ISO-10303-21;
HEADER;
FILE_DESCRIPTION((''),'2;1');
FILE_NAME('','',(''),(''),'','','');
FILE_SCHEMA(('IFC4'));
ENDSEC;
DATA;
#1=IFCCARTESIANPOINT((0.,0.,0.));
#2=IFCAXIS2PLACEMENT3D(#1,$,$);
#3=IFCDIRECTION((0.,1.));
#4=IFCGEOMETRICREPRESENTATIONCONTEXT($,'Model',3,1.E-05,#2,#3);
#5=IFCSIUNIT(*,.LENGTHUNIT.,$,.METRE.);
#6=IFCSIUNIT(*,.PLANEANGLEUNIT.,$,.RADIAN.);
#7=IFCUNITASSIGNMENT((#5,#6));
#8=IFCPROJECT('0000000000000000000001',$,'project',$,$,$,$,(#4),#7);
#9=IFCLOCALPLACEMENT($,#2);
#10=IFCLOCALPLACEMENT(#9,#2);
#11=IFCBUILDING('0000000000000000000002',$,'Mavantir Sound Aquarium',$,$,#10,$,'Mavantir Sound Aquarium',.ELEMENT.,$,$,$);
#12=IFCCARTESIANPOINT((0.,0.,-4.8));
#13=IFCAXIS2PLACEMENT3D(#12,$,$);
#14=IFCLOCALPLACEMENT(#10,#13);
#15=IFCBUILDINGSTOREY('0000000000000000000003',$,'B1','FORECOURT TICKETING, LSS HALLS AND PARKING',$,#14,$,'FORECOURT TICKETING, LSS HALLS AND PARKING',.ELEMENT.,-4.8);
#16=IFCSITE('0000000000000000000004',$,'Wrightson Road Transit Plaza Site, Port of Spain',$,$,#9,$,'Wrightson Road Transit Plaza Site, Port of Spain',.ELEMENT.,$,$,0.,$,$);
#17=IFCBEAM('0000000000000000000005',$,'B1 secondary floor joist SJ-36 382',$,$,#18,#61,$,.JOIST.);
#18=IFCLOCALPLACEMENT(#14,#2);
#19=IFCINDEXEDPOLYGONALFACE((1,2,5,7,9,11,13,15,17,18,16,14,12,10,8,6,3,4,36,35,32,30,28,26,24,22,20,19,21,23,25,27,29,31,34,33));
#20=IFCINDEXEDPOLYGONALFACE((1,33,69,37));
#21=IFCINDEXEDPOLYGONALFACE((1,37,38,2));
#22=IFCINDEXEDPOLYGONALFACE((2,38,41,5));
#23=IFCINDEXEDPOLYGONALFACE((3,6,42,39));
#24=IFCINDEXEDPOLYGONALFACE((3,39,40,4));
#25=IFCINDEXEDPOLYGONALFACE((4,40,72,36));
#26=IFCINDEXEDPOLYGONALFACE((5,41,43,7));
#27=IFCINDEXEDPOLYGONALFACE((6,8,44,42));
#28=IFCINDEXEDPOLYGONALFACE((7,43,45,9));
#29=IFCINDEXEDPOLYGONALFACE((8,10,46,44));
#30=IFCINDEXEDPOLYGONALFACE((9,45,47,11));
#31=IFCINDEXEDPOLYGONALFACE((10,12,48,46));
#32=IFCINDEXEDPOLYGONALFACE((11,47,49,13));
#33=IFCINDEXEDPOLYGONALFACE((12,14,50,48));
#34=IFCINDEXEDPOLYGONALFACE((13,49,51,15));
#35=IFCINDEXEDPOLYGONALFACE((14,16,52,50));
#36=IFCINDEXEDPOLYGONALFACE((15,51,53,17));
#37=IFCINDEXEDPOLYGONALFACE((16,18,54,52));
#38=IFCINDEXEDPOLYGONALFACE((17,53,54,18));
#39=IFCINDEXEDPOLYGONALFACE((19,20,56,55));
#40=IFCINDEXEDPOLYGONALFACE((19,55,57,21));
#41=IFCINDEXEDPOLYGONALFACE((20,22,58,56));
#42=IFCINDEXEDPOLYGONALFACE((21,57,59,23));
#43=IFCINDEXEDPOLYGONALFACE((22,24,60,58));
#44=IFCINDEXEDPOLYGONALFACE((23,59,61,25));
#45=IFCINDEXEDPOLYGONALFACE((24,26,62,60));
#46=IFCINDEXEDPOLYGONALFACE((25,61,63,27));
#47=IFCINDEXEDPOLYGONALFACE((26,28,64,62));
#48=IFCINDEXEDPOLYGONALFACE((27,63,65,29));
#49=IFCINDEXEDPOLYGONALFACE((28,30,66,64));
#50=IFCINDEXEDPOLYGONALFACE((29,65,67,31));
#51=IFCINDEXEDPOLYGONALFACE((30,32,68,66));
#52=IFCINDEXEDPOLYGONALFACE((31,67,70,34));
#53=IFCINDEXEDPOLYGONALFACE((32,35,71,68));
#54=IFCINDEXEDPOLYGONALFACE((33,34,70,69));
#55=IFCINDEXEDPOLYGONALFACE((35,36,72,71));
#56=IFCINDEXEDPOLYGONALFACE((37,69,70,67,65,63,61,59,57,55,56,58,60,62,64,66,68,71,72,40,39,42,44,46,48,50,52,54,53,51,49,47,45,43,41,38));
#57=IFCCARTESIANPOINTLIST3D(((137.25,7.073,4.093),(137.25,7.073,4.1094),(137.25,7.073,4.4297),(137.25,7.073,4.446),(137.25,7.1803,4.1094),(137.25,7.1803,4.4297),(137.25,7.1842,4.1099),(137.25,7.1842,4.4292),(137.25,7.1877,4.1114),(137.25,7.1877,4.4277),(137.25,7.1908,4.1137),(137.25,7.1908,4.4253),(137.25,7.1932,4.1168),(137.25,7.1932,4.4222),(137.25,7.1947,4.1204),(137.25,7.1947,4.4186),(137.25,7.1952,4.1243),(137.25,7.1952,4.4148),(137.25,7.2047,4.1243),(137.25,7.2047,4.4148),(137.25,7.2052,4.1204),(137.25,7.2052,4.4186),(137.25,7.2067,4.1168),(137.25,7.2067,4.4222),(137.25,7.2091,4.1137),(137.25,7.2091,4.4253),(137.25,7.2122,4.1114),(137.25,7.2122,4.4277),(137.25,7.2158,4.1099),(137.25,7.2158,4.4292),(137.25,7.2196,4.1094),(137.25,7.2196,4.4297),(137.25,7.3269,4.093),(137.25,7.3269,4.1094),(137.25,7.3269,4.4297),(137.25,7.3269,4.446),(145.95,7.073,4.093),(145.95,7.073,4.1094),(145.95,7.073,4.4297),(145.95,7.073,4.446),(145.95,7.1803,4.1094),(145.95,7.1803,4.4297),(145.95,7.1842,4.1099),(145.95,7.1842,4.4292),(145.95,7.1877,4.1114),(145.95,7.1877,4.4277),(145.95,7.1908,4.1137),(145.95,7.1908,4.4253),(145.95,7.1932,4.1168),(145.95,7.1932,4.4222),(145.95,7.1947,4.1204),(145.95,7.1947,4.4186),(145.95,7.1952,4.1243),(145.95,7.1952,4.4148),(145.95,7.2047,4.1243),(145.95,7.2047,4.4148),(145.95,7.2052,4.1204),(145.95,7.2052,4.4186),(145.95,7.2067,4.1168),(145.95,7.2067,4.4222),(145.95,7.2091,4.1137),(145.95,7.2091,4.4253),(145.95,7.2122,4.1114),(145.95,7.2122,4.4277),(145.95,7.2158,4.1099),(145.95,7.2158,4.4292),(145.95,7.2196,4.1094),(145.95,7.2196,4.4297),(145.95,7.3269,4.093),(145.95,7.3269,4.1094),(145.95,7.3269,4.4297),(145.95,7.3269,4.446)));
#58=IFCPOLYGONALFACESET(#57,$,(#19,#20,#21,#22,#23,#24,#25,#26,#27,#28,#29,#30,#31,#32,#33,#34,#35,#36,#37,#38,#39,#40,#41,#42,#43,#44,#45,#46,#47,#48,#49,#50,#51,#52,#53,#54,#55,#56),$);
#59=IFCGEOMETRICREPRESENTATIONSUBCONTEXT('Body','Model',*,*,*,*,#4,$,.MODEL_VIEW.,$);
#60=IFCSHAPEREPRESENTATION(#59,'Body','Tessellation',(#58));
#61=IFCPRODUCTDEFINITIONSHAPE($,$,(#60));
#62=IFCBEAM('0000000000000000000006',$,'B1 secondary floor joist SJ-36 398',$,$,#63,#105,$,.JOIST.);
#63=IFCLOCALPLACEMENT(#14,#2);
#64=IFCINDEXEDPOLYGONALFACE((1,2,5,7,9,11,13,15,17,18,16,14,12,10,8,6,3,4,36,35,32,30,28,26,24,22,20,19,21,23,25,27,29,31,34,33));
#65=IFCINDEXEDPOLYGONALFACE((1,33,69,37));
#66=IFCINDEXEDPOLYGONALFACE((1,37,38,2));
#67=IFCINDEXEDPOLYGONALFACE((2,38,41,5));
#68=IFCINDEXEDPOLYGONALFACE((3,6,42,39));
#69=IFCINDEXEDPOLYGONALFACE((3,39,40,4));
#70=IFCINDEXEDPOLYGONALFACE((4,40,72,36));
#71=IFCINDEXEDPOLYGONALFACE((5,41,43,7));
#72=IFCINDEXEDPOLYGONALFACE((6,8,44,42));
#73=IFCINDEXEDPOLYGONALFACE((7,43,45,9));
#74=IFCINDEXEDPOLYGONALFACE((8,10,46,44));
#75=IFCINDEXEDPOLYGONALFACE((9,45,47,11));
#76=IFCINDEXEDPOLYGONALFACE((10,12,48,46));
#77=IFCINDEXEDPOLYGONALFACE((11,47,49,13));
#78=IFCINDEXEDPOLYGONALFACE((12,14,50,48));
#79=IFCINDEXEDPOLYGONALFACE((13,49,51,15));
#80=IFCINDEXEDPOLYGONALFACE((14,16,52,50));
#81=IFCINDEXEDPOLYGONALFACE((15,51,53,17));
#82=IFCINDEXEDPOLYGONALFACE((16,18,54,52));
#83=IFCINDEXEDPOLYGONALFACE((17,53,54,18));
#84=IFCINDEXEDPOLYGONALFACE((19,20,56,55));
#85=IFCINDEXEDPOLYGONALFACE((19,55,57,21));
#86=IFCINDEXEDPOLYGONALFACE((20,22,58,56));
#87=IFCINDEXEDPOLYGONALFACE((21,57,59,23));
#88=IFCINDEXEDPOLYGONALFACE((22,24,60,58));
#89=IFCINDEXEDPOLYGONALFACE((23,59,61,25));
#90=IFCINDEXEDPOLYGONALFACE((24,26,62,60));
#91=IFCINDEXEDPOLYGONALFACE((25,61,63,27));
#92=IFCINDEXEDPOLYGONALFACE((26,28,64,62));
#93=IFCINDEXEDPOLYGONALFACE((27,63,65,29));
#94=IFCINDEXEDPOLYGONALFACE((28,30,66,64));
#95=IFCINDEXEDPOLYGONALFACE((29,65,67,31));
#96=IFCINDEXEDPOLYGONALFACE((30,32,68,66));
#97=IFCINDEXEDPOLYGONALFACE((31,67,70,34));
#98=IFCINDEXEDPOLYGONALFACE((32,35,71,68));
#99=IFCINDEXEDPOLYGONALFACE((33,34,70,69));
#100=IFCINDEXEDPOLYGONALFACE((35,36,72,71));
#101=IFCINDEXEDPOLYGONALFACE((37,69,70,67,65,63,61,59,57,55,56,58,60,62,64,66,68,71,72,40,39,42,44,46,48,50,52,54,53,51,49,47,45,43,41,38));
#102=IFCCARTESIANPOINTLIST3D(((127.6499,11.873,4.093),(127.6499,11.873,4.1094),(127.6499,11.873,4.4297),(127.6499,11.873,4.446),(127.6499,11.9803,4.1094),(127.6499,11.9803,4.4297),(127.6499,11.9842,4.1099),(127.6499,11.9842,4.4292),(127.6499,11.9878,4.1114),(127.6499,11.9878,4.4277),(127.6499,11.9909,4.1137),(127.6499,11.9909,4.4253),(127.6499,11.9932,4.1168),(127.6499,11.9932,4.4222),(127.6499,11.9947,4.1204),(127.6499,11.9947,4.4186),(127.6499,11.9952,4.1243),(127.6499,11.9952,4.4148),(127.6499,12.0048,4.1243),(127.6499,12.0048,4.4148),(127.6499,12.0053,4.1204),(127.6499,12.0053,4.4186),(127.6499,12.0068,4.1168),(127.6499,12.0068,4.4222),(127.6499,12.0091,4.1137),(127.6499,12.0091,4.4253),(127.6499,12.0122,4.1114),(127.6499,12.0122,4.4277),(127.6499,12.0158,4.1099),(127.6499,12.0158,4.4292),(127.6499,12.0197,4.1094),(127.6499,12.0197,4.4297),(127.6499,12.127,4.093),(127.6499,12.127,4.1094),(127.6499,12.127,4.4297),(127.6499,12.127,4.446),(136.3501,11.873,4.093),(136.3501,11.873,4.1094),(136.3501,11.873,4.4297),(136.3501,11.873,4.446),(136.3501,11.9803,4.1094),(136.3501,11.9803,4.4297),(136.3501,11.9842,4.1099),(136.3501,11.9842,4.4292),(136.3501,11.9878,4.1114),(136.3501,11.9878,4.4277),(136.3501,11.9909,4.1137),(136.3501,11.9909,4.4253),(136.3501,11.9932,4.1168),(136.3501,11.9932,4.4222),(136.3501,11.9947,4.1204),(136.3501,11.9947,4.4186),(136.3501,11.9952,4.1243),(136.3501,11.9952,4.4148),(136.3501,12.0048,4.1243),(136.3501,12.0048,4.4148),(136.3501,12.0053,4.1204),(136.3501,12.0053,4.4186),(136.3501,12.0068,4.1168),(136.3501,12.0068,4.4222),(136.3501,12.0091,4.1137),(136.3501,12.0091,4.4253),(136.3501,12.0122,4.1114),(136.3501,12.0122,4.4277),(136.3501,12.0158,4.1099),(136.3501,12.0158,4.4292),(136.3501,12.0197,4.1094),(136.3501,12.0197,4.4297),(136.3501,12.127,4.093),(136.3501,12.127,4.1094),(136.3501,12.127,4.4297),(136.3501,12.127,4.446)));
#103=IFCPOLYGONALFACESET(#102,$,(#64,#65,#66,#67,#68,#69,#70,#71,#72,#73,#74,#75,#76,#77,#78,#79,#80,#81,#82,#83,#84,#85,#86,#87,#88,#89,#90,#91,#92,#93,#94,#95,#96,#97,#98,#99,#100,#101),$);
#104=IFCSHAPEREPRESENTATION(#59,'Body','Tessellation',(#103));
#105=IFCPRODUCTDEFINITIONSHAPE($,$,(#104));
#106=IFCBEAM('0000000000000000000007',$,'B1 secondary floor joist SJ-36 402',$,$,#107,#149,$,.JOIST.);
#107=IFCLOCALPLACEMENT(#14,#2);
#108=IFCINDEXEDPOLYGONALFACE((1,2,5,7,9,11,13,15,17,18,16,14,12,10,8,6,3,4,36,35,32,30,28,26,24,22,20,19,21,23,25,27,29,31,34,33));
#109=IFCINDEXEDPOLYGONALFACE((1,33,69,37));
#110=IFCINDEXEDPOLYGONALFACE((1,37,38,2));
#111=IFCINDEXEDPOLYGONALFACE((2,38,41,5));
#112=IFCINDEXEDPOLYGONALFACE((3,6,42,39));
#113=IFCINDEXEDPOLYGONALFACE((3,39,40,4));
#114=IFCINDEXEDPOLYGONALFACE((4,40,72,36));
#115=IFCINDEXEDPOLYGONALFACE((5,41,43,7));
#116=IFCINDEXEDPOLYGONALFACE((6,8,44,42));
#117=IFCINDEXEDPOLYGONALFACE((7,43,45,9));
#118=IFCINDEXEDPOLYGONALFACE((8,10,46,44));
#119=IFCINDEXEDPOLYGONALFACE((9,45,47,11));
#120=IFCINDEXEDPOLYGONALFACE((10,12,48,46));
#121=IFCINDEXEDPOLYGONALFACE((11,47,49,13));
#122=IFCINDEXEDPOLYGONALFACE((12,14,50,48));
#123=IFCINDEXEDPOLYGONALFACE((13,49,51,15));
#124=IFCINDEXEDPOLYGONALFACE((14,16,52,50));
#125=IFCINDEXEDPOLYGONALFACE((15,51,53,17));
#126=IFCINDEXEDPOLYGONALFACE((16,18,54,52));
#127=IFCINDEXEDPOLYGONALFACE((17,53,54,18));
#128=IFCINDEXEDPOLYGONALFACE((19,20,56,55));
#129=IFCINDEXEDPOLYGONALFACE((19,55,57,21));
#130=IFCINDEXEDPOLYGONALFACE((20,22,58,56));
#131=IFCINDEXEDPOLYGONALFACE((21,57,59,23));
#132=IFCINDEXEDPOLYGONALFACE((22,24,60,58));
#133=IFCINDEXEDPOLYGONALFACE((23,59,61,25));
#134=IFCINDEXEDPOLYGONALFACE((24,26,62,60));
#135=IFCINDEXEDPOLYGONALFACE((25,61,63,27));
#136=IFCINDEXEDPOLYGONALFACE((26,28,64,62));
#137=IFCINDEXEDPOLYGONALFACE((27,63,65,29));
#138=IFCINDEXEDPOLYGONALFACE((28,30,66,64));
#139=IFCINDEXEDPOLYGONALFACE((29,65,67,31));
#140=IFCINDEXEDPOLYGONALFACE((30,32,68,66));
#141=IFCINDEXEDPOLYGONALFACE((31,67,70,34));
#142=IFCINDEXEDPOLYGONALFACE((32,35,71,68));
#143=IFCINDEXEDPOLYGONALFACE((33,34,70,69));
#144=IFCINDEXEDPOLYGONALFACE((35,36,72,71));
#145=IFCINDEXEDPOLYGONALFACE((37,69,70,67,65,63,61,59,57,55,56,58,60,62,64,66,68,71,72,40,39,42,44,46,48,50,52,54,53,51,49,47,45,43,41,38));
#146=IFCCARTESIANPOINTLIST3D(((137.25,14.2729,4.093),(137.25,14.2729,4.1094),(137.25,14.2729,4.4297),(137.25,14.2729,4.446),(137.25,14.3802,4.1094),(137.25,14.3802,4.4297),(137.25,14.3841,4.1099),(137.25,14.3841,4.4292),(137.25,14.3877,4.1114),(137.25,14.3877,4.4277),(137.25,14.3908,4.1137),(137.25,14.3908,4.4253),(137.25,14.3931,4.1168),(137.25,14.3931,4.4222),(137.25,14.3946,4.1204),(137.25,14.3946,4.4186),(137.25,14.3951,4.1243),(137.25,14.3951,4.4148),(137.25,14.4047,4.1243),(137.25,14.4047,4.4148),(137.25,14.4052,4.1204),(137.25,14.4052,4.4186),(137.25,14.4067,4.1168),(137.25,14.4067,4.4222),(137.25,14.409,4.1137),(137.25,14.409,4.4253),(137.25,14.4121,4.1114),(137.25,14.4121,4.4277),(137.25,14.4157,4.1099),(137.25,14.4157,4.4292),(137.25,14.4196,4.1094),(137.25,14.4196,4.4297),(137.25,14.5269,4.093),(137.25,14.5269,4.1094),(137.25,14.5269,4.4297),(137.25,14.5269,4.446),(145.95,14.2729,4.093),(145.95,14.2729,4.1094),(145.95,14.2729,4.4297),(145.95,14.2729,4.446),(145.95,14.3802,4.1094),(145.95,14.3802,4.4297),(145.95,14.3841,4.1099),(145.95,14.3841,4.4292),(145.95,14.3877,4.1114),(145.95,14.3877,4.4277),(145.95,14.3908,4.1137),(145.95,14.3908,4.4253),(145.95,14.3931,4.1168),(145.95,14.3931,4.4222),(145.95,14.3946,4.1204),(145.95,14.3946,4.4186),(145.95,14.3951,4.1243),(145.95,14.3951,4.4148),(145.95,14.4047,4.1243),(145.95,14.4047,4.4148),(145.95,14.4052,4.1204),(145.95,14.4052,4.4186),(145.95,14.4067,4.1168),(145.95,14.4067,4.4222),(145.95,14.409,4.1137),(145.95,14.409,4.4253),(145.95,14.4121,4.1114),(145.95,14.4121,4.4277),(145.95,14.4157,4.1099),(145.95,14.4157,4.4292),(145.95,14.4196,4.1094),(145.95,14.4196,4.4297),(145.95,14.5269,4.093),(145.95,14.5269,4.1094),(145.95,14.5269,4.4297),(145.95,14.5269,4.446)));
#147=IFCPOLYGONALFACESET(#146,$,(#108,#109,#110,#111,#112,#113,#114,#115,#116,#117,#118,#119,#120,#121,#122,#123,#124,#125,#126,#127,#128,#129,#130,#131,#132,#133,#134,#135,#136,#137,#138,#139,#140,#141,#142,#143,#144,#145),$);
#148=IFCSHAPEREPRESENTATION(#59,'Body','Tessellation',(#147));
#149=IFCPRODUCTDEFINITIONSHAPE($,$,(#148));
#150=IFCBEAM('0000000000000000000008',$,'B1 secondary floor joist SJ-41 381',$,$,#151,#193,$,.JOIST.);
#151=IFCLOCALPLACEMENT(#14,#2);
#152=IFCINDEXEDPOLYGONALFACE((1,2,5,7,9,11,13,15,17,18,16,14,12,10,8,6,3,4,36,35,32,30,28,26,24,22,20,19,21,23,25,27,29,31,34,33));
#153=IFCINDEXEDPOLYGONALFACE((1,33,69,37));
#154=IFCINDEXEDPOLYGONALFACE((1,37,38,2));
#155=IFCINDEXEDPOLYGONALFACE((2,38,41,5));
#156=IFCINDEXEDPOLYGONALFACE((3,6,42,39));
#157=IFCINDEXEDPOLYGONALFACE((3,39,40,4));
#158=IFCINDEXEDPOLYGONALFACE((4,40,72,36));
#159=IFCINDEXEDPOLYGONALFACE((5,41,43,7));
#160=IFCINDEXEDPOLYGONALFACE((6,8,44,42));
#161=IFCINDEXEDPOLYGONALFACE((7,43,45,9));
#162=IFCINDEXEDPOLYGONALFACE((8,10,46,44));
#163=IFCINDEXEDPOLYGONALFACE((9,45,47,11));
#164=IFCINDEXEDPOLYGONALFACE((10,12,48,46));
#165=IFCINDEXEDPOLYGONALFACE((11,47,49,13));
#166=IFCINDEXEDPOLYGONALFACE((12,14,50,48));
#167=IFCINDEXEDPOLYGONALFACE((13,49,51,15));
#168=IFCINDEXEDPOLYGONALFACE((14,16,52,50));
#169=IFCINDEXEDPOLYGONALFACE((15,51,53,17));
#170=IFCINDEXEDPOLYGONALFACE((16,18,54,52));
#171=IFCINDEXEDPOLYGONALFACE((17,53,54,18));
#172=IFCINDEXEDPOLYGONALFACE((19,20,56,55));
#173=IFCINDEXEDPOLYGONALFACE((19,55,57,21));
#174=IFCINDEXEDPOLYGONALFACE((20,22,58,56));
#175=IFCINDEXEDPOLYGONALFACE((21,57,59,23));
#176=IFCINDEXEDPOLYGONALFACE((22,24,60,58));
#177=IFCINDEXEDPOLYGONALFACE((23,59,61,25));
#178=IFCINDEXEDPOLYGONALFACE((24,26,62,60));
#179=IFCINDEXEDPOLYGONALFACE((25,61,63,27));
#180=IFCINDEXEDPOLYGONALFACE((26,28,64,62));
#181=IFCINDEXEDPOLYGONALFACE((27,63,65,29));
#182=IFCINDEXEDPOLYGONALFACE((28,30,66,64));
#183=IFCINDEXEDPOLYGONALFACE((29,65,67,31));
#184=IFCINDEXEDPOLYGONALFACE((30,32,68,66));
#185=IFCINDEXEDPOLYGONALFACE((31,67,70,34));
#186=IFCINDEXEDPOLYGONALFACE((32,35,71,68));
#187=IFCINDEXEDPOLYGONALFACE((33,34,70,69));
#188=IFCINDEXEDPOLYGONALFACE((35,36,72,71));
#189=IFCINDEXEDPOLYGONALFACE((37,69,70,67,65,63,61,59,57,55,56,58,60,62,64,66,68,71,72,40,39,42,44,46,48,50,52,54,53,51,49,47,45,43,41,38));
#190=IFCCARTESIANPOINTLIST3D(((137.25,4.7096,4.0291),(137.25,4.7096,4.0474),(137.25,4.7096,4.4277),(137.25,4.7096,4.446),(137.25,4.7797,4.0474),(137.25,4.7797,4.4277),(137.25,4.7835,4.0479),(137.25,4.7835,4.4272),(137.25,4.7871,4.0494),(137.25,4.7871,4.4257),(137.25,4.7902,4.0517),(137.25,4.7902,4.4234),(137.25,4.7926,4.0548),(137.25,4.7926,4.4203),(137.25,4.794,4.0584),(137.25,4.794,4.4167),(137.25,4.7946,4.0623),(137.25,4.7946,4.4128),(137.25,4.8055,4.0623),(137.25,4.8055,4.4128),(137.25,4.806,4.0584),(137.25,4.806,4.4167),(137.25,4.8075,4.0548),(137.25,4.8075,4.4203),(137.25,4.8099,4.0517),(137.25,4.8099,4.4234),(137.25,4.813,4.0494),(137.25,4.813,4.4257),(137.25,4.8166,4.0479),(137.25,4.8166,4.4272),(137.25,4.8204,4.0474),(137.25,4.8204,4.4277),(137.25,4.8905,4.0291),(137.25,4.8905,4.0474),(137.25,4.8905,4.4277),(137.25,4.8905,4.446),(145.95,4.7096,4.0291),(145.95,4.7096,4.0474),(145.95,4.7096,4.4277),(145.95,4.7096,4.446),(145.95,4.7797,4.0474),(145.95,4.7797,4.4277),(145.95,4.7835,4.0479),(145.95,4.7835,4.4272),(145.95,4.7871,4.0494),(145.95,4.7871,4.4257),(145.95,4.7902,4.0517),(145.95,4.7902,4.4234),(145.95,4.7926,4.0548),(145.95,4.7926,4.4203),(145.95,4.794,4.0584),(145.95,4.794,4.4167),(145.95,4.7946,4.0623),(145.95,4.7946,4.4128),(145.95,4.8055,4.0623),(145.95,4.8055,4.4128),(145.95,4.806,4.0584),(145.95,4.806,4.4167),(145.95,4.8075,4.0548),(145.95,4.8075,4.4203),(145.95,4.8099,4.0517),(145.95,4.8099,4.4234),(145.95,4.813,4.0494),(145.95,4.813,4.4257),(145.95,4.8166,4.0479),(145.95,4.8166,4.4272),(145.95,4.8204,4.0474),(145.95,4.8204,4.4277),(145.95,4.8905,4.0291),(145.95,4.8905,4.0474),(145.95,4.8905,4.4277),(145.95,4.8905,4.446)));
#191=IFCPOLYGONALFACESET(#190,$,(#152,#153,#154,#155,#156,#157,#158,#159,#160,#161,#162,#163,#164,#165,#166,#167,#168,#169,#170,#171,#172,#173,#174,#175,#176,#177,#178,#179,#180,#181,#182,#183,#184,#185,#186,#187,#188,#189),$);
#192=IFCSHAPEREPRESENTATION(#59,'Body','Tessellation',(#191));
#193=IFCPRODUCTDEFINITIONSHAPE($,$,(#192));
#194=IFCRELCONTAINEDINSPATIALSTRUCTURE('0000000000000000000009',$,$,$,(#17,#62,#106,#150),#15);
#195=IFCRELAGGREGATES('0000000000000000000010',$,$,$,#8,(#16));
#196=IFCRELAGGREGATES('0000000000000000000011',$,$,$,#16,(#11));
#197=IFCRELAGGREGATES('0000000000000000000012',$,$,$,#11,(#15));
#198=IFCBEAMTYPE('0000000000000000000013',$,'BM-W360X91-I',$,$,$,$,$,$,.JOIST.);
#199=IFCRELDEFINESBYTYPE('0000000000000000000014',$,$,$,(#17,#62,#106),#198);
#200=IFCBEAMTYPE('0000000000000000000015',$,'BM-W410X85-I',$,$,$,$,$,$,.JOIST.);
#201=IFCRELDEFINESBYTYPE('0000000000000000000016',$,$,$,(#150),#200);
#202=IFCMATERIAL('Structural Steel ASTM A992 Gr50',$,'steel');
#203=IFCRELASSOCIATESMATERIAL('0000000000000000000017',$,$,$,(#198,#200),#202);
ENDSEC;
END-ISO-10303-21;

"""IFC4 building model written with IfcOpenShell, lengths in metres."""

from ifc_helpers import new_model, si_unit, direction, frame, origin, origin_2d, place, context, subcontext, project, spatial, i_section, extrude, material, material_profile, profile_set, type_object, element, save


model = new_model("IFC4")

# Units and contexts
model_context = context("Model", 3, precision=1e-05, world=origin(), true_north=direction((0.0, 1.0)))
body_context = subcontext(model_context, "Body", "Model", "MODEL_VIEW")
ifc_project = project(units=[si_unit("LENGTHUNIT", "METRE"), si_unit("PLANEANGLEUNIT", "RADIAN")], contexts=[model_context])

# Site, building, storey
site_placement = place(None, origin())
site = spatial("IfcSite", under=ifc_project, at=site_placement, Name="Wrightson Road Transit Plaza Site, Port of Spain", LongName="Wrightson Road Transit Plaza Site, Port of Spain", CompositionType="ELEMENT", RefElevation=0.0)
building_placement = place(site_placement, origin())
building = spatial("IfcBuilding", under=site, at=building_placement, Name="Mavantir Sound Aquarium", LongName="Mavantir Sound Aquarium", CompositionType="ELEMENT")
storey_placement = place(building_placement, frame((0.0, 0.0, -4.8)))
storey = spatial("IfcBuildingStorey", under=building, at=storey_placement, Name="B1", Description="FORECOURT TICKETING, LSS HALLS AND PARKING", LongName="FORECOURT TICKETING, LSS HALLS AND PARKING", CompositionType="ELEMENT", Elevation=-4.8)

# Beams
ifc_material_1 = material(Name="Structural Steel ASTM A992 Gr50", Category="steel")
ifc_material_profile_1 = material_profile(ifc_material_1, i_section(OverallWidth=0.2539, OverallDepth=0.353, WebThickness=0.0095, FlangeThickness=0.0164, FilletRadius=0.0149, at=origin_2d()), Name="W360X91")
ifc_profile_set_1 = profile_set([ifc_material_profile_1], Name="Structural Steel ASTM A992 Gr50")
beam_type_1 = type_object("IfcBeamType", Name="BM-W360X91-I", PredefinedType="JOIST", material=ifc_profile_set_1)
beam_1_placement = place(storey_placement, frame((137.25, 7.2, 4.2695), z_axis=(1.0, 0.0, 0.0), x_axis=(0.0, 1.0, 0.0)))
element("IfcBeam", 1, at=beam_1_placement, inside=storey, type_object=beam_type_1, Name="B1 secondary floor joist SJ-36 382", PredefinedType="JOIST", context=body_context, shape_type="SweptSolid", body=[
    extrude(i_section(OverallWidth=0.2539, OverallDepth=0.353, WebThickness=0.0095, FlangeThickness=0.0164, FilletRadius=0.0149, at=origin_2d()), origin(), (0.0, 0.0, 1.0), 8.7),
])
beam_2_placement = place(storey_placement, frame((127.6499, 12.0, 4.2695), z_axis=(1.0, 0.0, 0.0), x_axis=(0.0, 1.0, 0.0)))
element("IfcBeam", 2, at=beam_2_placement, inside=storey, type_object=beam_type_1, Name="B1 secondary floor joist SJ-36 398", PredefinedType="JOIST", context=body_context, shape_type="SweptSolid", body=[
    extrude(i_section(OverallWidth=0.2539, OverallDepth=0.353, WebThickness=0.0095, FlangeThickness=0.0164, FilletRadius=0.0149, at=origin_2d()), origin(), (0.0, 0.0, 1.0), 8.7002),
])
beam_3_placement = place(storey_placement, frame((137.25, 14.3999, 4.2695), z_axis=(1.0, 0.0, 0.0), x_axis=(0.0, 1.0, 0.0)))
element("IfcBeam", 3, at=beam_3_placement, inside=storey, type_object=beam_type_1, Name="B1 secondary floor joist SJ-36 402", PredefinedType="JOIST", context=body_context, shape_type="SweptSolid", body=[
    extrude(i_section(OverallWidth=0.2539, OverallDepth=0.353, WebThickness=0.0095, FlangeThickness=0.0164, FilletRadius=0.0149, at=origin_2d()), origin(), (0.0, 0.0, 1.0), 8.7),
])
ifc_material_profile_2 = material_profile(ifc_material_1, i_section(OverallWidth=0.1809, OverallDepth=0.417, WebThickness=0.011, FlangeThickness=0.0183, FilletRadius=0.0149, at=origin_2d()), Name="W410X85")
ifc_profile_set_2 = profile_set([ifc_material_profile_2], Name="Structural Steel ASTM A992 Gr50")
beam_type_2 = type_object("IfcBeamType", Name="BM-W410X85-I", PredefinedType="JOIST", material=ifc_profile_set_2)
for number, where, z_axis, x_axis, name in (
    (4, (137.25, 4.8, 4.2375), (1.0, 0.0, 0.0), (0.0, 1.0, 0.0), "B1 secondary floor joist SJ-41 381"),
):
    element("IfcBeam", number, at=place(storey_placement, frame(where, z_axis=z_axis, x_axis=x_axis)), inside=storey, type_object=beam_type_2, Name=name, PredefinedType="JOIST", context=body_context, shape_type="SweptSolid", body=[
        extrude(i_section(OverallWidth=0.1809, OverallDepth=0.417, WebThickness=0.011, FlangeThickness=0.0183, FilletRadius=0.0149, at=origin_2d()), origin(), (0.0, 0.0, 1.0), 8.7),
    ])

save(model, "model.ifc")
